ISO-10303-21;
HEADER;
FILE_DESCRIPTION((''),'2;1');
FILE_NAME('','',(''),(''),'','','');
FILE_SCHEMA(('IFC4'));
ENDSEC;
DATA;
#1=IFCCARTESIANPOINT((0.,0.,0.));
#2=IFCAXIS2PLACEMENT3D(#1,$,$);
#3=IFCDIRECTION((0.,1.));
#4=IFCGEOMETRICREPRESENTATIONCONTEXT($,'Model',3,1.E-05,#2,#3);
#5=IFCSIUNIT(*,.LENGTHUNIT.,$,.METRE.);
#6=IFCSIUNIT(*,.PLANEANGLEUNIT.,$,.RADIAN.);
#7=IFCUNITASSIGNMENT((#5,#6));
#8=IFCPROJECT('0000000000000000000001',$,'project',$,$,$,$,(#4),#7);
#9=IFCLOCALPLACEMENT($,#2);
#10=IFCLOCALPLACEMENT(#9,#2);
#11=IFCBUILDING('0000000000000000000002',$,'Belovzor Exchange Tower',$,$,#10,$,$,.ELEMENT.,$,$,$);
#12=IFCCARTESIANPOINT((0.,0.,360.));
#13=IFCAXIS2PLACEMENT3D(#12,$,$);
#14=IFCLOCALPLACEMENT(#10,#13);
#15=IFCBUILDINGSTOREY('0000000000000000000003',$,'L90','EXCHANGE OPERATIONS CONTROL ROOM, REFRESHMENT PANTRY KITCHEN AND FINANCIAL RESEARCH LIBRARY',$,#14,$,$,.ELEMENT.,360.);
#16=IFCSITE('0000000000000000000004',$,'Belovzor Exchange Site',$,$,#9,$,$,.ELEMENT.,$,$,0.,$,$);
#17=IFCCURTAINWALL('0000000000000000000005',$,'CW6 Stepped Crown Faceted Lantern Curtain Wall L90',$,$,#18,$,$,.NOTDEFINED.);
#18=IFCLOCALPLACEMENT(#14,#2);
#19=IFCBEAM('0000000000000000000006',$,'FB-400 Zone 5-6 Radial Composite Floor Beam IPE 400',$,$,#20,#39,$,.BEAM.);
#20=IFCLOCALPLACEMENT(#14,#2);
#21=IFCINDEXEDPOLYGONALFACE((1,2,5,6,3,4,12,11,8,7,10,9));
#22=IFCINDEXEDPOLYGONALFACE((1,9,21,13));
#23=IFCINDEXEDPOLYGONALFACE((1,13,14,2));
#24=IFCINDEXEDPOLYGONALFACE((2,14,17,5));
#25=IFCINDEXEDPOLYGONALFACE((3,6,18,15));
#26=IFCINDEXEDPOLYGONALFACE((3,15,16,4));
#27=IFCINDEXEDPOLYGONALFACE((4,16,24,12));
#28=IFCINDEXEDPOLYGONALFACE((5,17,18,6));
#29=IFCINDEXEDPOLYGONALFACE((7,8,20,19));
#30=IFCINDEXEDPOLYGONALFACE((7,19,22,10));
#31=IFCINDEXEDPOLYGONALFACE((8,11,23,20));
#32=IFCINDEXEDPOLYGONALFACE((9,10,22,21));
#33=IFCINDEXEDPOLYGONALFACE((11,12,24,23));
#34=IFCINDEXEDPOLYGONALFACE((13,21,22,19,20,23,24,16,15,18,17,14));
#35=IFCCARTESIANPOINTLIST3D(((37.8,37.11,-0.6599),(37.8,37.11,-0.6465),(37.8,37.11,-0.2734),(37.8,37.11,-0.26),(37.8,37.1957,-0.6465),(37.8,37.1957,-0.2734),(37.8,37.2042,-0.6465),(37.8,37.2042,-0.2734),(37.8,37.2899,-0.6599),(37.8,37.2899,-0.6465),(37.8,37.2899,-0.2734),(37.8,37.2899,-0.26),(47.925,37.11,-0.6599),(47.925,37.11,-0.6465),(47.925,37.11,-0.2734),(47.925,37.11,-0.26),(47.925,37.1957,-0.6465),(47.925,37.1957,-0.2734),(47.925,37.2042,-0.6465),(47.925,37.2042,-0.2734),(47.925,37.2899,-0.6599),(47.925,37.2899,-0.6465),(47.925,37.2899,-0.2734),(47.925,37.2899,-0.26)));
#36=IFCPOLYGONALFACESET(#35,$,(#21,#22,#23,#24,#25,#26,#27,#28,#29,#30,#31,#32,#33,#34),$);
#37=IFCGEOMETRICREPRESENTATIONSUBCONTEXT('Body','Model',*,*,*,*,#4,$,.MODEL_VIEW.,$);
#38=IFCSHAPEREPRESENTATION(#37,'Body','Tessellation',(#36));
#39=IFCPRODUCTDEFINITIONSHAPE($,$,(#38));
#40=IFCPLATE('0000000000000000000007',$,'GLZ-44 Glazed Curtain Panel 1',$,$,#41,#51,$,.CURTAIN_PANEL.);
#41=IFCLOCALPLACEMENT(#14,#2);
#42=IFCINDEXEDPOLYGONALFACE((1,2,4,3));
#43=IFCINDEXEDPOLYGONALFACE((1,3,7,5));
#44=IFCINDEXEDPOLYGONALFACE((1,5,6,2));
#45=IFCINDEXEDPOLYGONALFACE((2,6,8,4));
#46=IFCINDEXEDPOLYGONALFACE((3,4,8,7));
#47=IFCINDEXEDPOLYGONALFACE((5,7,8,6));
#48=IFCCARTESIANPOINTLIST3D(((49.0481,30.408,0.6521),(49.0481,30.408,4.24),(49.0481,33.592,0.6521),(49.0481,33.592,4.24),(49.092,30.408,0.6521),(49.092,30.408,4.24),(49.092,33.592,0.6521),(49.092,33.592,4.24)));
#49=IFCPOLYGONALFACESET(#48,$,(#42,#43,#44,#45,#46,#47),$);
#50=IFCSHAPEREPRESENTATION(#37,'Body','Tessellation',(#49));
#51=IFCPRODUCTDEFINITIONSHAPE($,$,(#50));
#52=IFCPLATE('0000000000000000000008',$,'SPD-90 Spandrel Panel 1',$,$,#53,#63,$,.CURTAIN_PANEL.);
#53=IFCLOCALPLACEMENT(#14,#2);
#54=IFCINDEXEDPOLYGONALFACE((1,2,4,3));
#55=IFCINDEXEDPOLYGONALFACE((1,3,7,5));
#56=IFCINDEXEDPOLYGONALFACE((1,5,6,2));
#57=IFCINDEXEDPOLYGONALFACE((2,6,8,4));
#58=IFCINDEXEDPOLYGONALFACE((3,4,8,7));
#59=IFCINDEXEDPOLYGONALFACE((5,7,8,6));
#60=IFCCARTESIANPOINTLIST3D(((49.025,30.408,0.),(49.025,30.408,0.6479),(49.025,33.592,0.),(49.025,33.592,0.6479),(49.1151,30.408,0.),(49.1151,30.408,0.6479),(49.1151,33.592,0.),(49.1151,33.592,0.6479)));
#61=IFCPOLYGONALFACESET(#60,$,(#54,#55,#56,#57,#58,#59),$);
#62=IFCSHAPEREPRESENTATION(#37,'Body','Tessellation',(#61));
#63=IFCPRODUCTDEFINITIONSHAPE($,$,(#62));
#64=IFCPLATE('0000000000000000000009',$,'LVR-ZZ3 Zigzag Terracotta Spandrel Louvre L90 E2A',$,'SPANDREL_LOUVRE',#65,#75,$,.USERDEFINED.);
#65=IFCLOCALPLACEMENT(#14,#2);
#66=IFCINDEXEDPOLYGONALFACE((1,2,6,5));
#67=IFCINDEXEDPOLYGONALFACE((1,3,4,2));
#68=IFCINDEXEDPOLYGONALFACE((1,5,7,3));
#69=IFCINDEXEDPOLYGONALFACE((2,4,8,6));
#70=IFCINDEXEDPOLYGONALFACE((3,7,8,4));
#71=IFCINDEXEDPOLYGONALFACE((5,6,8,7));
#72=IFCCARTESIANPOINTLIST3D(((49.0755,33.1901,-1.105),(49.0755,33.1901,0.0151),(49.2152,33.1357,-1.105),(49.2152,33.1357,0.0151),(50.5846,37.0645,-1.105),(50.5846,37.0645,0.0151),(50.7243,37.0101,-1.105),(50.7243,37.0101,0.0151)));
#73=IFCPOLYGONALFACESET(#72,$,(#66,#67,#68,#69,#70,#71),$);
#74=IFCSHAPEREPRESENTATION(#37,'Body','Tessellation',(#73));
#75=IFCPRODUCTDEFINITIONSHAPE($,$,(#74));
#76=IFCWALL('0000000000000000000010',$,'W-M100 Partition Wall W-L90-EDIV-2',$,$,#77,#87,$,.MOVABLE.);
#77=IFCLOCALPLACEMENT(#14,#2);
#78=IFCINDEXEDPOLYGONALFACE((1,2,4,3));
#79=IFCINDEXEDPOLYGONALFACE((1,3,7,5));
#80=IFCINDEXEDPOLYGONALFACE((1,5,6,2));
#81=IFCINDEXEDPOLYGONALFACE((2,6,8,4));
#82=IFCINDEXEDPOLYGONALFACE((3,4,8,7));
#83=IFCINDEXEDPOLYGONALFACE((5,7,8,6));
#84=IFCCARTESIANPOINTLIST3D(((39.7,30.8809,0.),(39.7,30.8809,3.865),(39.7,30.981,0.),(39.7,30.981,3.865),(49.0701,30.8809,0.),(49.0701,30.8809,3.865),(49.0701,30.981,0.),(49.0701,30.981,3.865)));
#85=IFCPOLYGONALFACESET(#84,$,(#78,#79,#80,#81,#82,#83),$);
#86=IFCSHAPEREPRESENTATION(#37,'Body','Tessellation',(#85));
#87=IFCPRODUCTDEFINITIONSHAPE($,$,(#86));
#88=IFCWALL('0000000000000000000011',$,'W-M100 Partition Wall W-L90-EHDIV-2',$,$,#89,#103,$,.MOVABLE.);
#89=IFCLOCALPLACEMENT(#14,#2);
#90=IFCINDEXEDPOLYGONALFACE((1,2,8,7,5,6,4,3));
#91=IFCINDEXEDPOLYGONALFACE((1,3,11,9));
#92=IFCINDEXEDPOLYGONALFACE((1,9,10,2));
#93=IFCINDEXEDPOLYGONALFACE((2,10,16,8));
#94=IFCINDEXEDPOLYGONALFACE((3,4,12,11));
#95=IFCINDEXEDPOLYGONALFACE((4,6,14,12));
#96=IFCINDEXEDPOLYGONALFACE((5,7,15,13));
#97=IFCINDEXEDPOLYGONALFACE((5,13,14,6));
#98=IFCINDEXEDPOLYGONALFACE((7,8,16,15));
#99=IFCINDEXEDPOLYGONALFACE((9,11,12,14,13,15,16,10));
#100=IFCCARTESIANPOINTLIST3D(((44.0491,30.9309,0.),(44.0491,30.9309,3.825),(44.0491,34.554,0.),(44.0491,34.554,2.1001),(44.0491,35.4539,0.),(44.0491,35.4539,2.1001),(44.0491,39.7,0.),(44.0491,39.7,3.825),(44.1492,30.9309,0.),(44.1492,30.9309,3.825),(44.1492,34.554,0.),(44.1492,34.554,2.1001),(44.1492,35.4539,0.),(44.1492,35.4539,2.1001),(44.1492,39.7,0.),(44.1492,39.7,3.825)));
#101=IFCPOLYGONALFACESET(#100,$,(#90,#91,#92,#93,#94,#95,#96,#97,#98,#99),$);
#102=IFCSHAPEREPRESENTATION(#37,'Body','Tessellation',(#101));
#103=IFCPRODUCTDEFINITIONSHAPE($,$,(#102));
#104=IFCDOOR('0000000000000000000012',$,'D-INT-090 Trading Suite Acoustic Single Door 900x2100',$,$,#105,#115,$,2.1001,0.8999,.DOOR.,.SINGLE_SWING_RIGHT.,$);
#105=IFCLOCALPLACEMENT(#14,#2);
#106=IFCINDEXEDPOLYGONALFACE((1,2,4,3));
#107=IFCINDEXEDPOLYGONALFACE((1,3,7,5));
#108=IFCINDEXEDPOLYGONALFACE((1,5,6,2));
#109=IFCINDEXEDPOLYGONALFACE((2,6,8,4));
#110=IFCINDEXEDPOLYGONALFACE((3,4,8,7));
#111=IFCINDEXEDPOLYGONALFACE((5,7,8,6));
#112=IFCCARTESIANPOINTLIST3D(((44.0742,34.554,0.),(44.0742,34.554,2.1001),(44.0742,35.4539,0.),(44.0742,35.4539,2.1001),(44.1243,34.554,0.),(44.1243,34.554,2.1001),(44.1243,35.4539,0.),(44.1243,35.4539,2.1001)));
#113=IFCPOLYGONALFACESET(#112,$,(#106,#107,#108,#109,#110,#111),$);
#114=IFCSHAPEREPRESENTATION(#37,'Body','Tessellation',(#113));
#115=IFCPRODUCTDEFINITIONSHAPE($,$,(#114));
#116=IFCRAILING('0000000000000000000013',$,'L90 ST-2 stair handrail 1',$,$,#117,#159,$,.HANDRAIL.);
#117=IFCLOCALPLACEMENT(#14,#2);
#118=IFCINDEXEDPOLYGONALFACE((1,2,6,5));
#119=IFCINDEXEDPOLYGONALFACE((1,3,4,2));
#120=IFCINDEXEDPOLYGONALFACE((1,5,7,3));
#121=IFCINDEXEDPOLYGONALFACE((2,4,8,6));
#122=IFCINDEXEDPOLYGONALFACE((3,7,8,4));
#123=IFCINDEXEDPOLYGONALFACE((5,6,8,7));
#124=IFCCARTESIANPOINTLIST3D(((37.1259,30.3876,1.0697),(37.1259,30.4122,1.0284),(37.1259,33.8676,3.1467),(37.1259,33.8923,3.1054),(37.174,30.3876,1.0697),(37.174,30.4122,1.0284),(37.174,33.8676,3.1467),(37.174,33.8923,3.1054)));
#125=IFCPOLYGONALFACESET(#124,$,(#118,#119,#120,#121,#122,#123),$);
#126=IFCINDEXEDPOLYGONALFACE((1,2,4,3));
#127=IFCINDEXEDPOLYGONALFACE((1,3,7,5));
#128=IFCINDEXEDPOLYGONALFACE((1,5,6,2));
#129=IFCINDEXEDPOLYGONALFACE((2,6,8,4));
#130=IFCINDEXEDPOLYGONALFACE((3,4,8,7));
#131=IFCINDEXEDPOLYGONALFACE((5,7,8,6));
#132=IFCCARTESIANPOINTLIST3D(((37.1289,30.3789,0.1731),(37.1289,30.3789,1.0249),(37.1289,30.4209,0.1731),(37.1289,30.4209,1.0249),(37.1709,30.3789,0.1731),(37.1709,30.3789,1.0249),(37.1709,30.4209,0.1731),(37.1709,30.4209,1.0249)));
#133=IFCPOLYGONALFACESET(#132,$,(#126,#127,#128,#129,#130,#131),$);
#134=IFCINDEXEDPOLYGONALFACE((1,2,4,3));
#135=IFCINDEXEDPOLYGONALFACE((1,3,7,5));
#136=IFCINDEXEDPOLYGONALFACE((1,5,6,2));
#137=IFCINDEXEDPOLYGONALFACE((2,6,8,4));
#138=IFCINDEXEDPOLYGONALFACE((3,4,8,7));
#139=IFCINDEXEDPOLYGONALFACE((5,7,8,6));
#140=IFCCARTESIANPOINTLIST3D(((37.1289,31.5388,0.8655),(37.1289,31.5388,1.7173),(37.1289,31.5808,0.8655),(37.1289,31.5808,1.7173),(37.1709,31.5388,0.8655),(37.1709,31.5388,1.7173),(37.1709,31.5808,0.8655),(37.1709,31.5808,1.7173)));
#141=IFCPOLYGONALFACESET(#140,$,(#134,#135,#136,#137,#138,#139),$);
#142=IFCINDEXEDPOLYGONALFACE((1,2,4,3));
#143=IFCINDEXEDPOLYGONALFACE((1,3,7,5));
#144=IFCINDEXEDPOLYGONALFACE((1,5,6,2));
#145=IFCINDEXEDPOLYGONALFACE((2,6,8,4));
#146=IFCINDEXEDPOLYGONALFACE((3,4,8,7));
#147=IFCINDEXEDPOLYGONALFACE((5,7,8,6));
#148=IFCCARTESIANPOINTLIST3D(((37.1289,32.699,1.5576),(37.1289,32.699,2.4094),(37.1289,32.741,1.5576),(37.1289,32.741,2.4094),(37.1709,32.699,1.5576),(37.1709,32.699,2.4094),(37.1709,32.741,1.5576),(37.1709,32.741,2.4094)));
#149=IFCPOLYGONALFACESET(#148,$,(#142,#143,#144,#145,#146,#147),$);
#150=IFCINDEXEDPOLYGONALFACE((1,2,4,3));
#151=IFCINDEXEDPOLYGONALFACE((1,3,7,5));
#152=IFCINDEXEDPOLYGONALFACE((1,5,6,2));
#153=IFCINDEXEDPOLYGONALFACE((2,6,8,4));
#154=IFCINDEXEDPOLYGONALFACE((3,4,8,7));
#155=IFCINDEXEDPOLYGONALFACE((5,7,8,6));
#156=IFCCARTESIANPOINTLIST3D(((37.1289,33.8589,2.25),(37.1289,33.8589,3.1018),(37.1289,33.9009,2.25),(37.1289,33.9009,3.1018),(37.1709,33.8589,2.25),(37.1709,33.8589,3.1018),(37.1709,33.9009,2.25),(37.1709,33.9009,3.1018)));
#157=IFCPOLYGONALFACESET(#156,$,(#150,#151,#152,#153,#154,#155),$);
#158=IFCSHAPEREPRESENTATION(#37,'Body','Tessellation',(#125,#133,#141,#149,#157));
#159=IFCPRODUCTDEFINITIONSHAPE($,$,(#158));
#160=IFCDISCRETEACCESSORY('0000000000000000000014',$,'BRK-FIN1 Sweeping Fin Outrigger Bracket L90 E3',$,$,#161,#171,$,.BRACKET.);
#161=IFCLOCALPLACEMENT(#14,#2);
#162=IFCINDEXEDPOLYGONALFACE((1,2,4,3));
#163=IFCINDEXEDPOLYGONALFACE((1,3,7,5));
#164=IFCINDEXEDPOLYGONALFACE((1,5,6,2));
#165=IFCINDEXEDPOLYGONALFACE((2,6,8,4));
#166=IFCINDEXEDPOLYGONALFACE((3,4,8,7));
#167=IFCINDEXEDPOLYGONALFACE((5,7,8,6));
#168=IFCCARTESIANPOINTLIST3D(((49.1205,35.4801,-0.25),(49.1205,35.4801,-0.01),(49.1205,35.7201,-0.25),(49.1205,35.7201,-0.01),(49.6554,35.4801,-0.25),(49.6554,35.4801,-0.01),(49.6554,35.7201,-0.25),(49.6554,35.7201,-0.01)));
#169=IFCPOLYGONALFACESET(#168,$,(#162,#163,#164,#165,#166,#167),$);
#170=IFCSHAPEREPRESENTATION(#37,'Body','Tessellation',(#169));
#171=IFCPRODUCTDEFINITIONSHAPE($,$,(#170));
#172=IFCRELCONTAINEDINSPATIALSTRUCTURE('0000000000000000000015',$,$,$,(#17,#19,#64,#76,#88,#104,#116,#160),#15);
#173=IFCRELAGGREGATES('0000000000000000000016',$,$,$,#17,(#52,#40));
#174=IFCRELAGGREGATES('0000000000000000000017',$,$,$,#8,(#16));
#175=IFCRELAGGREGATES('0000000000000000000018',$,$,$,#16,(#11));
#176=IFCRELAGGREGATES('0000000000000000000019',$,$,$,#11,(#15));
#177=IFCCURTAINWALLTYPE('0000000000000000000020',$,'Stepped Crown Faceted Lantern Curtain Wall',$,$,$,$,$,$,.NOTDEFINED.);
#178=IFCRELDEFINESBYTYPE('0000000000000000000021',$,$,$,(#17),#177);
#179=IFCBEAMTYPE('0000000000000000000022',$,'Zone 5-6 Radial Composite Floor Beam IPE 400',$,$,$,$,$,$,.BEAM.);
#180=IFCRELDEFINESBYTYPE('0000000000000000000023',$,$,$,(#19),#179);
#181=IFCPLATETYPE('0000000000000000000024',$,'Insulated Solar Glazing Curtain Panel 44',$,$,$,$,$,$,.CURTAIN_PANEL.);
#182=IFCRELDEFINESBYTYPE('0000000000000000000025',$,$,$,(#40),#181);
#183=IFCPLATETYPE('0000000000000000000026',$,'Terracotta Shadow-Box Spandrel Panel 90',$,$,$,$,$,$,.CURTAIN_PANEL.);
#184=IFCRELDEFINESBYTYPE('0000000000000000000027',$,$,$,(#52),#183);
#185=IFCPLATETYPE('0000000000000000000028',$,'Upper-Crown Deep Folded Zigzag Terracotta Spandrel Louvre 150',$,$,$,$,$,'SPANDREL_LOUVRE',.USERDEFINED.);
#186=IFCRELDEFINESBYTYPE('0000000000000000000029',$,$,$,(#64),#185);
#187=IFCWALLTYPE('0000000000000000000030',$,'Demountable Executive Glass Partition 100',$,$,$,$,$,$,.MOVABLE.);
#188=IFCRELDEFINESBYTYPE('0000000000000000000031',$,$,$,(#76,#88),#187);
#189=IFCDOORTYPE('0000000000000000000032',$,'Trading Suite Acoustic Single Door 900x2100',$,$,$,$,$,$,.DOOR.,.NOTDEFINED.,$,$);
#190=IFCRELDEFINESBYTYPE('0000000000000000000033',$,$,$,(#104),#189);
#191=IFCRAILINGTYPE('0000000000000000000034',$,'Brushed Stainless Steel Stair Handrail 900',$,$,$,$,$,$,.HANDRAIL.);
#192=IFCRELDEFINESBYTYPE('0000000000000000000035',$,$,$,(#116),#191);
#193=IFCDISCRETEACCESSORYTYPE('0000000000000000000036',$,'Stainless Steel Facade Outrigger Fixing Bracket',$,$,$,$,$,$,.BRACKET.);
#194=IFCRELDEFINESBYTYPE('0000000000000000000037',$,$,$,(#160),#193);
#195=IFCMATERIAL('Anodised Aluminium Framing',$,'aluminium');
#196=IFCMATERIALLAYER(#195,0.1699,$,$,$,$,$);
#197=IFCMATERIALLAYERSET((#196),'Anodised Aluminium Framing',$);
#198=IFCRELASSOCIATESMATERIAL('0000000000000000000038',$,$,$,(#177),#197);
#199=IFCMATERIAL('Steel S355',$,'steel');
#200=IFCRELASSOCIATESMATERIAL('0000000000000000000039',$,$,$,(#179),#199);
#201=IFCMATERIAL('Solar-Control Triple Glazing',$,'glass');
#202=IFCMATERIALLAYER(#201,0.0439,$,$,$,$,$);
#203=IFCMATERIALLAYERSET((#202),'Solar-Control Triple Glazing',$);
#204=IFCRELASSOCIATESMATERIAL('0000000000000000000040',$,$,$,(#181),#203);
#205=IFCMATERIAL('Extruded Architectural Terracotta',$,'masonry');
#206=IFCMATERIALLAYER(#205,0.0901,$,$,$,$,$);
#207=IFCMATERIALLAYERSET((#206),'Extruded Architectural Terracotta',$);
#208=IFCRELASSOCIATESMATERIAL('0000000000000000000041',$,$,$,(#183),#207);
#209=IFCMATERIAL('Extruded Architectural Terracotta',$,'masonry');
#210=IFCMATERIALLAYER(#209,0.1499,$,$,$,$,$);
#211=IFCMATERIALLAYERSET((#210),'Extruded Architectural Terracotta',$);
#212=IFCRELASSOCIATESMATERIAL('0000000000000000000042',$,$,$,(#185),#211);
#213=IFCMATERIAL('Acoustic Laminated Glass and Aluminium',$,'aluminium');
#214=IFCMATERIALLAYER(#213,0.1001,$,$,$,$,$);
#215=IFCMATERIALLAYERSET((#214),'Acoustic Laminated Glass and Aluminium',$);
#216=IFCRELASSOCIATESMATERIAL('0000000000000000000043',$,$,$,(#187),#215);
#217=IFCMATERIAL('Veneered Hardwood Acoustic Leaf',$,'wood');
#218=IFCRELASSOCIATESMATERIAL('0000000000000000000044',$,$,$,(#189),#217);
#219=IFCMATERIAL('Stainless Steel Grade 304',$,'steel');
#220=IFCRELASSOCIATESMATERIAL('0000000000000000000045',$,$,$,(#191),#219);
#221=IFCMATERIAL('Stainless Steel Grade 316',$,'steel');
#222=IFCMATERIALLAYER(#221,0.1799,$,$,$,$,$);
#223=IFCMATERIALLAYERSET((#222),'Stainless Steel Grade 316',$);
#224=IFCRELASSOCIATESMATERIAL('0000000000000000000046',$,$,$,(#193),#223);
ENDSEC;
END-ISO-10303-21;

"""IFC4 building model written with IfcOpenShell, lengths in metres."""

from ifc_helpers import new_model, si_unit, direction, frame, frame_2d, origin, origin_2d, place, context, subcontext, project, spatial, rectangle, i_section, extrude, material, layer, layer_set, material_profile, profile_set, type_object, element, fill, aggregate, save


model = new_model("IFC4")

# Units and contexts
model_context = context("Model", 3, precision=1e-05, world=origin(), true_north=direction((0.0, 1.0)))
body_context = subcontext(model_context, "Body", "Model", "MODEL_VIEW")
ifc_project = project(units=[si_unit("LENGTHUNIT", "METRE"), si_unit("PLANEANGLEUNIT", "RADIAN")], contexts=[model_context])

# Site, building, storey
site_placement = place(None, origin())
site = spatial("IfcSite", under=ifc_project, at=site_placement, Name="Belovzor Exchange Site", CompositionType="ELEMENT", RefElevation=0.0)
building_placement = place(site_placement, origin())
building = spatial("IfcBuilding", under=site, at=building_placement, Name="Belovzor Exchange Tower", CompositionType="ELEMENT")
storey_placement = place(building_placement, frame((0.0, 0.0, 360.0)))
storey = spatial("IfcBuildingStorey", under=building, at=storey_placement, Name="L90", Description="EXCHANGE OPERATIONS CONTROL ROOM, REFRESHMENT PANTRY KITCHEN AND FINANCIAL RESEARCH LIBRARY", CompositionType="ELEMENT", Elevation=360.0)

# Curtain wall
ifc_material_1 = material(Name="Anodised Aluminium Framing", Category="aluminium")
ifc_layer_1 = layer(ifc_material_1, 0.1699)
ifc_layer_set_1 = layer_set([ifc_layer_1], Name="Anodised Aluminium Framing")
curtain_wall_type = type_object("IfcCurtainWallType", Name="Stepped Crown Faceted Lantern Curtain Wall", PredefinedType="NOTDEFINED", material=ifc_layer_set_1)
curtain_wall_placement = place(storey_placement, origin())
curtain_wall = element("IfcCurtainWall", 1, at=curtain_wall_placement, inside=storey, type_object=curtain_wall_type, Name="CW6 Stepped Crown Faceted Lantern Curtain Wall L90", PredefinedType="NOTDEFINED")

# Beam
ifc_material_2 = material(Name="Steel S355", Category="steel")
ifc_material_profile_1 = material_profile(ifc_material_2, i_section(OverallWidth=0.1799, OverallDepth=0.3999, WebThickness=0.0085, FlangeThickness=0.0134, at=origin_2d()))
ifc_profile_set_1 = profile_set([ifc_material_profile_1], Name="Steel S355")
beam_type_1 = type_object("IfcBeamType", Name="Zone 5-6 Radial Composite Floor Beam IPE 400", PredefinedType="BEAM", material=ifc_profile_set_1)
for number, where, z_axis, x_axis, name in (
    (2, (37.8, 37.2, -0.46), (1.0, 0.0, 0.0), (0.0, 1.0, 0.0), "FB-400 Zone 5-6 Radial Composite Floor Beam IPE 400"),
):
    element("IfcBeam", number, at=place(storey_placement, frame(where, z_axis=z_axis, x_axis=x_axis)), inside=storey, type_object=beam_type_1, Name=name, PredefinedType="BEAM", context=body_context, shape_type="SweptSolid", body=[
        extrude(i_section(OverallWidth=0.1799, OverallDepth=0.3999, WebThickness=0.0085, FlangeThickness=0.0134, at=origin_2d()), origin(), (0.0, 0.0, 1.0), 10.125),
    ])

# Plates
ifc_material_3 = material(Name="Solar-Control Triple Glazing", Category="glass")
ifc_layer_2 = layer(ifc_material_3, 0.0439)
ifc_layer_set_2 = layer_set([ifc_layer_2], Name="Solar-Control Triple Glazing")
plate_type_1 = type_object("IfcPlateType", Name="Insulated Solar Glazing Curtain Panel 44", PredefinedType="CURTAIN_PANEL", material=ifc_layer_set_2)
plate_1_placement = place(storey_placement, frame((49.0701, 32.0, 0.6521), z_axis=(0.0, 0.0, 1.0), x_axis=(0.0, -1.0, 0.0)))
plate_1 = element("IfcPlate", 3, at=plate_1_placement, type_object=plate_type_1, Name="GLZ-44 Glazed Curtain Panel 1", PredefinedType="CURTAIN_PANEL", context=body_context, shape_type="SweptSolid", body=[
    extrude(rectangle(XDim=3.1841, YDim=0.0439, at=origin_2d()), origin(), (0.0, 0.0, 1.0), 3.5879),
])
ifc_material_4 = material(Name="Extruded Architectural Terracotta", Category="masonry")
ifc_layer_3 = layer(ifc_material_4, 0.0901)
ifc_layer_set_3 = layer_set([ifc_layer_3], Name="Extruded Architectural Terracotta")
plate_type_2 = type_object("IfcPlateType", Name="Terracotta Shadow-Box Spandrel Panel 90", PredefinedType="CURTAIN_PANEL", material=ifc_layer_set_3)
plate_2_placement = place(storey_placement, frame((49.0701, 32.0, 0.0), z_axis=(0.0, 0.0, 1.0), x_axis=(0.0, -1.0, 0.0)))
plate_2 = element("IfcPlate", 4, at=plate_2_placement, type_object=plate_type_2, Name="SPD-90 Spandrel Panel 1", PredefinedType="CURTAIN_PANEL", context=body_context, shape_type="SweptSolid", body=[
    extrude(rectangle(XDim=3.1841, YDim=0.0901, at=origin_2d()), origin(), (0.0, 0.0, 1.0), 0.6479),
])
aggregate(curtain_wall, [plate_2, plate_1])
ifc_material_5 = material(Name="Extruded Architectural Terracotta", Category="masonry")
ifc_layer_4 = layer(ifc_material_5, 0.1499)
ifc_layer_set_4 = layer_set([ifc_layer_4], Name="Extruded Architectural Terracotta")
plate_type_3 = type_object("IfcPlateType", Name="Upper-Crown Deep Folded Zigzag Terracotta Spandrel Louvre 150", ElementType="SPANDREL_LOUVRE", PredefinedType="USERDEFINED", material=ifc_layer_set_4)
plate_3_placement = place(storey_placement, frame((49.8999, 35.1001, -1.105), z_axis=(0.0, 0.0, 1.0), x_axis=(0.362926, 0.931818, 0.0)))
element("IfcPlate", 5, at=plate_3_placement, inside=storey, type_object=plate_type_3, Name="LVR-ZZ3 Zigzag Terracotta Spandrel Louvre L90 E2A", ObjectType="SPANDREL_LOUVRE", PredefinedType="USERDEFINED", context=body_context, shape_type="SweptSolid", body=[
    extrude(rectangle(XDim=4.158, YDim=0.1499, at=origin_2d()), origin(), (0.0, 0.0, 1.0), 1.1201),
])

# Wall
ifc_material_6 = material(Name="Acoustic Laminated Glass and Aluminium", Category="aluminium")
ifc_layer_5 = layer(ifc_material_6, 0.1001)
ifc_layer_set_5 = layer_set([ifc_layer_5], Name="Acoustic Laminated Glass and Aluminium")
wall_type = type_object("IfcWallType", Name="Demountable Executive Glass Partition 100", PredefinedType="MOVABLE", material=ifc_layer_set_5)
wall_1_placement = place(storey_placement, frame((39.7, 30.9309, 0.0), z_axis=(0.0, 0.0, 1.0), x_axis=(1.0, 0.0, 0.0)))
element("IfcWall", 6, at=wall_1_placement, inside=storey, type_object=wall_type, Name="W-M100 Partition Wall W-L90-EDIV-2", PredefinedType="MOVABLE", context=body_context, shape_type="SweptSolid", body=[
    extrude(rectangle(XDim=9.3701, YDim=0.1001, at=frame_2d((4.6851, 0.0))), origin(), (0.0, 0.0, 1.0), 3.865),
])

# Wall, opening, door
wall_2_placement = place(storey_placement, frame((44.0991, 30.9309, 0.0), z_axis=(0.0, 0.0, 1.0), x_axis=(0.0, 1.0, 0.0)))
wall_2 = element("IfcWall", 7, at=wall_2_placement, inside=storey, type_object=wall_type, Name="W-M100 Partition Wall W-L90-EHDIV-2", PredefinedType="MOVABLE", context=body_context, shape_type="SweptSolid", body=[
    extrude(rectangle(XDim=8.769, YDim=0.1001, at=frame_2d((4.3845, 0.0))), origin(), (0.0, 0.0, 1.0), 3.825),
])
opening_placement = place(wall_2_placement, frame((3.623, 0.0, 0.0)))
opening = element("IfcOpeningElement", 8, at=opening_placement, cuts=wall_2, PredefinedType="OPENING", context=body_context, shape_type="SweptSolid", body=[
    extrude(rectangle(XDim=0.8999, YDim=2.1001, at=frame_2d((0.45, 1.05))), frame((0.0, 0.0601, 0.0), z_axis=(0.0, -1.0, 0.0), x_axis=(1.0, 0.0, 0.0)), (0.0, 0.0, 1.0), 0.1201),
])
ifc_material_7 = material(Name="Veneered Hardwood Acoustic Leaf", Category="wood")
door_type = type_object("IfcDoorType", Name="Trading Suite Acoustic Single Door 900x2100", OperationType="NOTDEFINED", PredefinedType="DOOR", material=ifc_material_7)
door_placement = place(opening_placement, origin())
door = element("IfcDoor", 9, at=door_placement, inside=storey, type_object=door_type, Name="D-INT-090 Trading Suite Acoustic Single Door 900x2100", OperationType="SINGLE_SWING_RIGHT", OverallHeight=2.1001, OverallWidth=0.8999, PredefinedType="DOOR", context=body_context, shape_type="SweptSolid", body=[
    extrude(rectangle(XDim=0.8999, YDim=2.1001, at=frame_2d((0.45, 1.05))), frame((0.0, 0.0249, 0.0), z_axis=(0.0, -1.0, 0.0), x_axis=(1.0, 0.0, 0.0)), (0.0, 0.0, 1.0), 0.05),
])
fill(opening, door)

# Railing
ifc_material_8 = material(Name="Stainless Steel Grade 304", Category="steel")
railing_type = type_object("IfcRailingType", Name="Brushed Stainless Steel Stair Handrail 900", PredefinedType="HANDRAIL", material=ifc_material_8)
railing_placement = place(storey_placement, frame((37.1499, 30.3999, 0.1731)))
element("IfcRailing", 10, at=railing_placement, inside=storey, type_object=railing_type, Name="L90 ST-2 stair handrail 1", PredefinedType="HANDRAIL", context=body_context, shape_type="SweptSolid", body=[
    extrude(rectangle(XDim=0.0481, YDim=0.0481, at=origin_2d()), frame((0.0, 0.0, 0.876), z_axis=(0.0, 0.858697, 0.512483), x_axis=(-1.0, 0.0, 0.0)), (0.0, 0.0, 1.0), 4.0527),
    extrude(rectangle(XDim=0.042, YDim=0.042, at=origin_2d()), origin(), (0.0, 0.0, 1.0), 0.8518),
    extrude(rectangle(XDim=0.042, YDim=0.042, at=origin_2d()), frame((0.0, 1.1599, 0.6924)), (0.0, 0.0, 1.0), 0.8518),
    extrude(rectangle(XDim=0.042, YDim=0.042, at=origin_2d()), frame((0.0, 2.3201, 1.3845)), (0.0, 0.0, 1.0), 0.8518),
    extrude(rectangle(XDim=0.042, YDim=0.042, at=origin_2d()), frame((0.0, 3.48, 2.0769)), (0.0, 0.0, 1.0), 0.8518),
])

# Discrete accessory
ifc_material_9 = material(Name="Stainless Steel Grade 316", Category="steel")
ifc_layer_6 = layer(ifc_material_9, 0.1799)
ifc_layer_set_6 = layer_set([ifc_layer_6], Name="Stainless Steel Grade 316")
discrete_accessory_type = type_object("IfcDiscreteAccessoryType", Name="Stainless Steel Facade Outrigger Fixing Bracket", PredefinedType="BRACKET", material=ifc_layer_set_6)
discrete_accessory_placement = place(storey_placement, frame((49.3879, 35.6001, -0.25), z_axis=(0.0, 0.0, 1.0), x_axis=(1.0, 0.0, 0.0)))
element("IfcDiscreteAccessory", 11, at=discrete_accessory_placement, inside=storey, type_object=discrete_accessory_type, Name="BRK-FIN1 Sweeping Fin Outrigger Bracket L90 E3", PredefinedType="BRACKET", context=body_context, shape_type="SweptSolid", body=[
    extrude(rectangle(XDim=0.5349, YDim=0.24, at=origin_2d()), origin(), (0.0, 0.0, 1.0), 0.24),
])

save(model, "model.ifc")
